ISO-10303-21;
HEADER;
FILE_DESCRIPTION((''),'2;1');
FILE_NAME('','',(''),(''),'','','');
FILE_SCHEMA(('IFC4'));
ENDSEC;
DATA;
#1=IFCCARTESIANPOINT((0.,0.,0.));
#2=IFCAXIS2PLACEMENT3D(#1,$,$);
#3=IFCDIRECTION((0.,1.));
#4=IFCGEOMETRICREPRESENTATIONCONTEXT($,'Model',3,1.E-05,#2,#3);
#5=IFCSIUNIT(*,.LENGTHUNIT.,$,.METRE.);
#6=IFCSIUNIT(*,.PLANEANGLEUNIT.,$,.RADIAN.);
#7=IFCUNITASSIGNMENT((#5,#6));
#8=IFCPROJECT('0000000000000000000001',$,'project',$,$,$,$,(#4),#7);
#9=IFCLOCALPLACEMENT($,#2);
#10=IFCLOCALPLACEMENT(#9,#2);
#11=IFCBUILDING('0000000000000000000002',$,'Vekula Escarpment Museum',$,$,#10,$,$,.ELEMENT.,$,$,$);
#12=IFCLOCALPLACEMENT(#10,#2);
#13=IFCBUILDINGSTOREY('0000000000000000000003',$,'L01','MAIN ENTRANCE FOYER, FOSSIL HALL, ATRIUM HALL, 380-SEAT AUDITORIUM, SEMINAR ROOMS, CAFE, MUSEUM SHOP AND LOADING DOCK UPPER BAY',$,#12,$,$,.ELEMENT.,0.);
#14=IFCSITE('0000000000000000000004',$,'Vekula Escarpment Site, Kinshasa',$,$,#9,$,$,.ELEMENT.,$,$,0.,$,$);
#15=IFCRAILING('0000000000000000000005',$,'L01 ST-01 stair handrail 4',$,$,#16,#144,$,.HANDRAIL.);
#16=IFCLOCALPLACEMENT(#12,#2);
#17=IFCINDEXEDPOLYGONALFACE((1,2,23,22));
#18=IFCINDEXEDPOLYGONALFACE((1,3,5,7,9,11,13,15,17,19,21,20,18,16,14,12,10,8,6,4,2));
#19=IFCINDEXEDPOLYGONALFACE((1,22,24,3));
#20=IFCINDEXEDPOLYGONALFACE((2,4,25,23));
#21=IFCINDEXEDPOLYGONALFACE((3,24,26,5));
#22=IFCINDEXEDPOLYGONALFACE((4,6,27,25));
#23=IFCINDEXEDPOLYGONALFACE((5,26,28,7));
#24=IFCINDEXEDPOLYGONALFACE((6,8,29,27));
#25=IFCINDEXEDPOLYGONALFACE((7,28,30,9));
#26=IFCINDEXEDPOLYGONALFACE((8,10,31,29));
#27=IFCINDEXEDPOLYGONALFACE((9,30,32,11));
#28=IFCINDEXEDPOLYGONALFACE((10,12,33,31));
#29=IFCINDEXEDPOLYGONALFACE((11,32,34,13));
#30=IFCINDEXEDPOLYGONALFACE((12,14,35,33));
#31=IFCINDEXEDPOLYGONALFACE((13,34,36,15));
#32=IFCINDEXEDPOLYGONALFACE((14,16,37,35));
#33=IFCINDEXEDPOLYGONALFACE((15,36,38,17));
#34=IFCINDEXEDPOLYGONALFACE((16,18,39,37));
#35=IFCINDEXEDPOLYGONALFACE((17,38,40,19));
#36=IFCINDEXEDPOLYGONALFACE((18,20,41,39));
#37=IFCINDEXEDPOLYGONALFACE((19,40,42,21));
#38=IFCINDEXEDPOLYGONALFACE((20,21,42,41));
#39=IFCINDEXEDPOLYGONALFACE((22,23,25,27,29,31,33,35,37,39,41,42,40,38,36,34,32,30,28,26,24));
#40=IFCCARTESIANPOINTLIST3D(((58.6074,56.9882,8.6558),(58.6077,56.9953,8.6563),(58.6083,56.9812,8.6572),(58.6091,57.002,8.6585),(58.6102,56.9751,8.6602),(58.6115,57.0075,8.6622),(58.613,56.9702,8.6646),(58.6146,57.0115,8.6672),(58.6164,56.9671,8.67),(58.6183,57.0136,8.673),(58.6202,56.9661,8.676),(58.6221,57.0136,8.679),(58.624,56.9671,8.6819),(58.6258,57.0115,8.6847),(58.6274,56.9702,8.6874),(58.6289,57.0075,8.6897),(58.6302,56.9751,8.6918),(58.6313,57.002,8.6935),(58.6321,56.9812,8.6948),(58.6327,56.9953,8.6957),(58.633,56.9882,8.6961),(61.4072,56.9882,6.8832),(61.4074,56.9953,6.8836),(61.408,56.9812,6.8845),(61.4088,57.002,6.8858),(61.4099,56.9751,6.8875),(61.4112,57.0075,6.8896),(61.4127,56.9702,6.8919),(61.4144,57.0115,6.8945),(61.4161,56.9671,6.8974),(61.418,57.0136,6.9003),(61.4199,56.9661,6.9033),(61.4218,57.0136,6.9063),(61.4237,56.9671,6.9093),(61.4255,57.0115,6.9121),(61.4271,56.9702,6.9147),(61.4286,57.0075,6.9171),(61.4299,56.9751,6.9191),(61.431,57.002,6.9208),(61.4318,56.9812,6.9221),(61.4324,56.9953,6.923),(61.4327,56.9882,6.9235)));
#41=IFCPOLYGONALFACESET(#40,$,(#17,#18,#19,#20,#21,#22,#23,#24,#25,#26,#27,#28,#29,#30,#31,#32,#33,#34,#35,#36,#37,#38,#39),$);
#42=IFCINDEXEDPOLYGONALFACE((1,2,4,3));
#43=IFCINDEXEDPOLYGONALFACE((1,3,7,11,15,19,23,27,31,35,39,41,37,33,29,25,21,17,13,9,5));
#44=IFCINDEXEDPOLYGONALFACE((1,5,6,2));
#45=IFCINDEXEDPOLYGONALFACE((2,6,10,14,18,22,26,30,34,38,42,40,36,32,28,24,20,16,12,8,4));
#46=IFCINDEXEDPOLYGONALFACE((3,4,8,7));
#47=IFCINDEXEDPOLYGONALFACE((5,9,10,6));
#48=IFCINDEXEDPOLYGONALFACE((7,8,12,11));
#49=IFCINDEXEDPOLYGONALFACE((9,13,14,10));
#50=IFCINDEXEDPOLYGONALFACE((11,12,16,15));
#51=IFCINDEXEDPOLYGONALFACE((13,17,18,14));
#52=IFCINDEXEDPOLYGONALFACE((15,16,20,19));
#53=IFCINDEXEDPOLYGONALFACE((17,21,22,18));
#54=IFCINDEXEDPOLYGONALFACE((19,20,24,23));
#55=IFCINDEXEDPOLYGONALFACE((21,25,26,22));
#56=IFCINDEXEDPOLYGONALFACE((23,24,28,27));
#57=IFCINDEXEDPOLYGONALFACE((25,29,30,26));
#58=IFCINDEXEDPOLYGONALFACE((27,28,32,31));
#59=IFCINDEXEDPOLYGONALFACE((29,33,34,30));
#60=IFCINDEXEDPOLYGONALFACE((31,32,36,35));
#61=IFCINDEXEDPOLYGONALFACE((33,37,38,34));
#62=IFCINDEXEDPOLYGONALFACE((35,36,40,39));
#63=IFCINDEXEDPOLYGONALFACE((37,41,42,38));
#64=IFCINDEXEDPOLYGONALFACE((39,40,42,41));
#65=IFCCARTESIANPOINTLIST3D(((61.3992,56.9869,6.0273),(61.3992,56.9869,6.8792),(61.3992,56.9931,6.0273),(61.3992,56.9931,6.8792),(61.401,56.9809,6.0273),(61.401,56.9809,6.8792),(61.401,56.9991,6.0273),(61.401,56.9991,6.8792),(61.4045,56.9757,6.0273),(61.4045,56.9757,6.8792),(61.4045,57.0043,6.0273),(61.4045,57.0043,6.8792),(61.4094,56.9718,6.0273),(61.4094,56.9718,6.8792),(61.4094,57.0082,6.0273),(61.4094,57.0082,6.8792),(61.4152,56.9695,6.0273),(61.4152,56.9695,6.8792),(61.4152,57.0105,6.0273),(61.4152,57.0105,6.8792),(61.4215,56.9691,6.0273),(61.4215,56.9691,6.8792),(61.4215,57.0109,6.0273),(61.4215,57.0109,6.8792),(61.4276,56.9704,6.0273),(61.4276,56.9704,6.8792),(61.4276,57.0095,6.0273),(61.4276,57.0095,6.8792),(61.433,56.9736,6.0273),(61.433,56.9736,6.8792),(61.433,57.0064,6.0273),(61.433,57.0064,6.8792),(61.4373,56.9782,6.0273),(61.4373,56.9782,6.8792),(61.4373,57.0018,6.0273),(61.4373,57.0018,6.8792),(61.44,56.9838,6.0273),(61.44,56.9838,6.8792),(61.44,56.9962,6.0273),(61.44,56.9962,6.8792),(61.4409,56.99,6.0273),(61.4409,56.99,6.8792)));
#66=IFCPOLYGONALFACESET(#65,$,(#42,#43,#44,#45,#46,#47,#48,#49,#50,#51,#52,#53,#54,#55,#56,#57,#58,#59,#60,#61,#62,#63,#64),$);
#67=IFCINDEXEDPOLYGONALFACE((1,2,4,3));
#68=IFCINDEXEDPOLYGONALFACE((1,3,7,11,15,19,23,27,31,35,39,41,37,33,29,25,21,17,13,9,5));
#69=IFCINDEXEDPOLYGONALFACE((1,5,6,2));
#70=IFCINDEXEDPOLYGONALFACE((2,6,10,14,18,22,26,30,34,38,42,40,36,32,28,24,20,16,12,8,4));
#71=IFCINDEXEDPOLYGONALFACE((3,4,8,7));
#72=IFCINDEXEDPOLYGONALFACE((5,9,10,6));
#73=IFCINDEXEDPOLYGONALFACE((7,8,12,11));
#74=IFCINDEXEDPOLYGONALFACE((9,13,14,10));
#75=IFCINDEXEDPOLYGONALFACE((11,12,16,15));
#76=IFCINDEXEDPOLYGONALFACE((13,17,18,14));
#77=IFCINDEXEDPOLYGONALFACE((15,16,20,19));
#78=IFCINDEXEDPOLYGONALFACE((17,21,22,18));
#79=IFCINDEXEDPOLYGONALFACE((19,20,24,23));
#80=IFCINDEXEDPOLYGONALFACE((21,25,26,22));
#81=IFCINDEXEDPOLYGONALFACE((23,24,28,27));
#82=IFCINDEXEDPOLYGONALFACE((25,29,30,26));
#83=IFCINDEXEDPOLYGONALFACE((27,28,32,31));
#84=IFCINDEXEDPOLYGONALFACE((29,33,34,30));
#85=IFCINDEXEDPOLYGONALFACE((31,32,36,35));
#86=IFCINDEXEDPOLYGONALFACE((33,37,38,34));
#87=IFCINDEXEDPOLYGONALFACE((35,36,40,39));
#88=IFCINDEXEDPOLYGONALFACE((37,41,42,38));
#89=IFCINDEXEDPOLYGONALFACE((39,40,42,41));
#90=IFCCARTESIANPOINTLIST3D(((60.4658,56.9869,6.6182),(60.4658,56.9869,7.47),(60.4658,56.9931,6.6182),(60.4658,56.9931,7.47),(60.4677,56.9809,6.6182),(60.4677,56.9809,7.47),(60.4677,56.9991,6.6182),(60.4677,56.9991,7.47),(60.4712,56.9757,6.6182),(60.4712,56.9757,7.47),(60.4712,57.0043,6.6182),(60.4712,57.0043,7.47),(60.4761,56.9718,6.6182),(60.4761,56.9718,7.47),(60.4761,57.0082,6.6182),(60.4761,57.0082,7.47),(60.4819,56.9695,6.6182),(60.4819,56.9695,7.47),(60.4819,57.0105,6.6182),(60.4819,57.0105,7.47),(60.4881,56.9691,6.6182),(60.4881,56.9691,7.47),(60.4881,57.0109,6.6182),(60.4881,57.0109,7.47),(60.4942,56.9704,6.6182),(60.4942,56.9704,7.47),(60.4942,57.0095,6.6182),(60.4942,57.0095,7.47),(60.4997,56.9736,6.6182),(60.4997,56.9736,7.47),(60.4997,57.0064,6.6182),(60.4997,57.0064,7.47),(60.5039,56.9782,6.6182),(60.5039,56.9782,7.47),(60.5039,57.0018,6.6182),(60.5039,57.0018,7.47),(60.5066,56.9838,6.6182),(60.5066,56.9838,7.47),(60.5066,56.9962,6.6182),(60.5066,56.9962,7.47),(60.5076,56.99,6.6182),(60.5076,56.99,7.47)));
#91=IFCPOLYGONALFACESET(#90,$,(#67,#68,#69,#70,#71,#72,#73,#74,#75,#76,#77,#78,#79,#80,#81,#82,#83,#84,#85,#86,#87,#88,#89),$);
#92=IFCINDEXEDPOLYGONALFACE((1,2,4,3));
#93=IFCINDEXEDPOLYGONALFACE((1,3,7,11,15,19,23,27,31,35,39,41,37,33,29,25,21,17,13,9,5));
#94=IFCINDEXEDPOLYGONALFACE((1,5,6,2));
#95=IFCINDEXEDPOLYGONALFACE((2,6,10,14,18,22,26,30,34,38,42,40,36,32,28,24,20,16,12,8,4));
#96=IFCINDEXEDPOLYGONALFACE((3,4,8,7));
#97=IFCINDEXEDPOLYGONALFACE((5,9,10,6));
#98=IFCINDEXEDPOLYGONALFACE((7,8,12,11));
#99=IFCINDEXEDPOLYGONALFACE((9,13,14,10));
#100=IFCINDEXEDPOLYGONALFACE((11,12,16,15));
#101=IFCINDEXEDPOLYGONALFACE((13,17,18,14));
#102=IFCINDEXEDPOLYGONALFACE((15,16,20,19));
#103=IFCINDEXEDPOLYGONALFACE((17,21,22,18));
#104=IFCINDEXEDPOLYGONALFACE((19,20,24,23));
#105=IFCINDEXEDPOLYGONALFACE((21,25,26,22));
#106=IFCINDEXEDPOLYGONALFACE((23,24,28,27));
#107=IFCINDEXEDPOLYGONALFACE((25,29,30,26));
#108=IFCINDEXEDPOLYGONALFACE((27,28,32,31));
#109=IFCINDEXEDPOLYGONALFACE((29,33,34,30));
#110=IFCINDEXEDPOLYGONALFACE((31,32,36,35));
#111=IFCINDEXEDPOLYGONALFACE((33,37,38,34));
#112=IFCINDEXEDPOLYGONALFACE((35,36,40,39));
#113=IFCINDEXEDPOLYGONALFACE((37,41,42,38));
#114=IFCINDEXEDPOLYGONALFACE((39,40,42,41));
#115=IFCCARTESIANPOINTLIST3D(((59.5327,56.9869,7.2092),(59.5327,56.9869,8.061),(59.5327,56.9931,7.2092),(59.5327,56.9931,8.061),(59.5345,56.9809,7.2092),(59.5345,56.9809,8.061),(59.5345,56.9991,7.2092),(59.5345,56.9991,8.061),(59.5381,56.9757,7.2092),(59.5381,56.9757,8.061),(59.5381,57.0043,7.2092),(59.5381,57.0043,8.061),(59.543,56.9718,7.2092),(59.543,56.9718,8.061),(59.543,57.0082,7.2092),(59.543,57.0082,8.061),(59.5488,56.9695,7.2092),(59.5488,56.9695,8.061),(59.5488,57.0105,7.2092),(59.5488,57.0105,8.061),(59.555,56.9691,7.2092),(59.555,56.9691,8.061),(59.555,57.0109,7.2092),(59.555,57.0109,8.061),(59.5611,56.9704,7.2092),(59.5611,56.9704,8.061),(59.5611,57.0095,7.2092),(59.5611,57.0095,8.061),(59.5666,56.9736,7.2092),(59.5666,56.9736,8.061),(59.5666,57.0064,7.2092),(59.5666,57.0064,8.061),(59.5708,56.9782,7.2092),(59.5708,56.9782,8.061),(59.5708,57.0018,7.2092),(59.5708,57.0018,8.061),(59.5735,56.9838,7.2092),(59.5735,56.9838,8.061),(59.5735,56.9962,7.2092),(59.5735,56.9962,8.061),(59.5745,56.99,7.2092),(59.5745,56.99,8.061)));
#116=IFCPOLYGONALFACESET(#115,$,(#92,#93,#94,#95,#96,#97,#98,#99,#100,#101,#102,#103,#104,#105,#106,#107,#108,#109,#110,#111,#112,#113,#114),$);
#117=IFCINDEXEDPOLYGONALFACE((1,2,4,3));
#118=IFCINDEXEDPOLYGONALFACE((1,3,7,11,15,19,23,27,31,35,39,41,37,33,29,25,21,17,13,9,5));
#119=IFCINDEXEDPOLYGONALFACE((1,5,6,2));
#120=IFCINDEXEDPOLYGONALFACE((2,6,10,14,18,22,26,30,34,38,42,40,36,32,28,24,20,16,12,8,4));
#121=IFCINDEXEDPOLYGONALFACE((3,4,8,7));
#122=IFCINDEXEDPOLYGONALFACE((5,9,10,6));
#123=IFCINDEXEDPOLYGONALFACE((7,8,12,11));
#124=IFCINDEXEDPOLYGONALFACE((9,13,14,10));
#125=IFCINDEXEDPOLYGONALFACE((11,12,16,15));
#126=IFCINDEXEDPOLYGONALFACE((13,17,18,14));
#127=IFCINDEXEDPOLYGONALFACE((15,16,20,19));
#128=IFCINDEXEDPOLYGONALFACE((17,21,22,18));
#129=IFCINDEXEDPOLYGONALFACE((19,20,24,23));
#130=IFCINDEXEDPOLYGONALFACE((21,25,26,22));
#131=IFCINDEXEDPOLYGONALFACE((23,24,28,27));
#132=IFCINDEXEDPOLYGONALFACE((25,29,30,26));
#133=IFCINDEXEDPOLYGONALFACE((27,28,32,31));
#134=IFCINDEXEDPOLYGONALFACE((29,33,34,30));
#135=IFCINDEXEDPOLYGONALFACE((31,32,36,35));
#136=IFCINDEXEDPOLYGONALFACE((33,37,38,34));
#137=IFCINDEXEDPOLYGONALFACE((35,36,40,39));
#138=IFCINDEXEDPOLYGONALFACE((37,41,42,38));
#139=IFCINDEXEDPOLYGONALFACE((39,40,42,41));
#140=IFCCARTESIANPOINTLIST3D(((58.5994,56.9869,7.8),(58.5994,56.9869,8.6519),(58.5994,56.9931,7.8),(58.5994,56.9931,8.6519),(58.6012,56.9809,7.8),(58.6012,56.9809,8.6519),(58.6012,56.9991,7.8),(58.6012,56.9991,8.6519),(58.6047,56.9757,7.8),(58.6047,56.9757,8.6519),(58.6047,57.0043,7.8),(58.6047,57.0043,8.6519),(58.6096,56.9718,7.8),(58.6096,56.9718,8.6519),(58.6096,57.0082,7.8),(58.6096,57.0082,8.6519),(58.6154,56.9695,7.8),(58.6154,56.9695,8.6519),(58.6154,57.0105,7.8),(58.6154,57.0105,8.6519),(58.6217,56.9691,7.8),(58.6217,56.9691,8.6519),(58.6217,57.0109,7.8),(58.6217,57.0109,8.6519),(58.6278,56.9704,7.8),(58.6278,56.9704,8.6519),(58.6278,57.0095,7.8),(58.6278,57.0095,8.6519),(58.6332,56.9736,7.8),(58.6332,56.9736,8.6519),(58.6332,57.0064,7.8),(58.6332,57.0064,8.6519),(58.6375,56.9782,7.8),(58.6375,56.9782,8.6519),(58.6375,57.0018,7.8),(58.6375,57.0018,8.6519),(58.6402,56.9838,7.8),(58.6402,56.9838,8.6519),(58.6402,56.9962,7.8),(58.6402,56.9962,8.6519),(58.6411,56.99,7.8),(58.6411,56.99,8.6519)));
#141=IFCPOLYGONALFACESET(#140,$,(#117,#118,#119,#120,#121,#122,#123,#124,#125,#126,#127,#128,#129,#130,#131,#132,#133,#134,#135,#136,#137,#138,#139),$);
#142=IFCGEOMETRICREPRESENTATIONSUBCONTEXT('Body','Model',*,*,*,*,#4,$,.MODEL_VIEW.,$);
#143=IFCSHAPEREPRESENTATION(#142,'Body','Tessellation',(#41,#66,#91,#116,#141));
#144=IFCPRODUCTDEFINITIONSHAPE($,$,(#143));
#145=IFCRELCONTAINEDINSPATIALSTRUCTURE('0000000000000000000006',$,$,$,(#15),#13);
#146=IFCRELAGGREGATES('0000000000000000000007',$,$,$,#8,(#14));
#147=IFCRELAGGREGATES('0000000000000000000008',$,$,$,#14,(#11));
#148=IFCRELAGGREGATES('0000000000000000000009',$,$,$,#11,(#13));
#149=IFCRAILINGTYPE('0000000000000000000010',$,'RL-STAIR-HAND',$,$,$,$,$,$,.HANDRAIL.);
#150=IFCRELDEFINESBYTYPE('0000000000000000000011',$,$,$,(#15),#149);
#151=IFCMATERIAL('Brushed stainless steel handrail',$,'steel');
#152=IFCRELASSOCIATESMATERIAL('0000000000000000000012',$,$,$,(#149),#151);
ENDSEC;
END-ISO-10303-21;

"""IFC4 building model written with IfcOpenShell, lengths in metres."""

from ifc_helpers import new_model, si_unit, direction, frame, origin, origin_2d, place, context, subcontext, project, spatial, circle, extrude, material, type_object, element, save


model = new_model("IFC4")

# Units and contexts
model_context = context("Model", 3, precision=1e-05, world=origin(), true_north=direction((0.0, 1.0)))
body_context = subcontext(model_context, "Body", "Model", "MODEL_VIEW")
ifc_project = project(units=[si_unit("LENGTHUNIT", "METRE"), si_unit("PLANEANGLEUNIT", "RADIAN")], contexts=[model_context])

# Site, building, storey
site_placement = place(None, origin())
site = spatial("IfcSite", under=ifc_project, at=site_placement, Name="Vekula Escarpment Site, Kinshasa", CompositionType="ELEMENT", RefElevation=0.0)
building_placement = place(site_placement, origin())
building = spatial("IfcBuilding", under=site, at=building_placement, Name="Vekula Escarpment Museum", CompositionType="ELEMENT")
storey_placement = place(building_placement, origin())
storey = spatial("IfcBuildingStorey", under=building, at=storey_placement, Name="L01", Description="MAIN ENTRANCE FOYER, FOSSIL HALL, ATRIUM HALL, 380-SEAT AUDITORIUM, SEMINAR ROOMS, CAFE, MUSEUM SHOP AND LOADING DOCK UPPER BAY", CompositionType="ELEMENT", Elevation=0.0)

# Railing
ifc_material_1 = material(Name="Brushed stainless steel handrail", Category="steel")
railing_type_1 = type_object("IfcRailingType", Name="RL-STAIR-HAND", PredefinedType="HANDRAIL", material=ifc_material_1)
railing_1_placement = place(storey_placement, frame((61.4199, 56.99, 6.0273)))
element("IfcRailing", 1, at=railing_1_placement, inside=storey, type_object=railing_type_1, Name="L01 ST-01 stair handrail 4", PredefinedType="HANDRAIL", context=body_context, shape_type="SweptSolid", body=[
    extrude(circle(Radius=0.0239, at=origin_2d()), frame((0.0, 0.0, 0.876), z_axis=(-0.844888, 0.0, 0.534943), x_axis=(0.0, -1.0, 0.0)), (0.0, 0.0, 1.0), 3.3137),
    extrude(circle(Radius=0.021, at=origin_2d()), origin(), (0.0, 0.0, 1.0), 0.8518),
    extrude(circle(Radius=0.021, at=origin_2d()), frame((-0.9333, 0.0, 0.5908)), (0.0, 0.0, 1.0), 0.8518),
    extrude(circle(Radius=0.021, at=origin_2d()), frame((-1.8665, 0.0, 1.1819)), (0.0, 0.0, 1.0), 0.8518),
    extrude(circle(Radius=0.021, at=origin_2d()), frame((-2.7998, 0.0, 1.7727)), (0.0, 0.0, 1.0), 0.8518),
])

save(model, "model.ifc")
